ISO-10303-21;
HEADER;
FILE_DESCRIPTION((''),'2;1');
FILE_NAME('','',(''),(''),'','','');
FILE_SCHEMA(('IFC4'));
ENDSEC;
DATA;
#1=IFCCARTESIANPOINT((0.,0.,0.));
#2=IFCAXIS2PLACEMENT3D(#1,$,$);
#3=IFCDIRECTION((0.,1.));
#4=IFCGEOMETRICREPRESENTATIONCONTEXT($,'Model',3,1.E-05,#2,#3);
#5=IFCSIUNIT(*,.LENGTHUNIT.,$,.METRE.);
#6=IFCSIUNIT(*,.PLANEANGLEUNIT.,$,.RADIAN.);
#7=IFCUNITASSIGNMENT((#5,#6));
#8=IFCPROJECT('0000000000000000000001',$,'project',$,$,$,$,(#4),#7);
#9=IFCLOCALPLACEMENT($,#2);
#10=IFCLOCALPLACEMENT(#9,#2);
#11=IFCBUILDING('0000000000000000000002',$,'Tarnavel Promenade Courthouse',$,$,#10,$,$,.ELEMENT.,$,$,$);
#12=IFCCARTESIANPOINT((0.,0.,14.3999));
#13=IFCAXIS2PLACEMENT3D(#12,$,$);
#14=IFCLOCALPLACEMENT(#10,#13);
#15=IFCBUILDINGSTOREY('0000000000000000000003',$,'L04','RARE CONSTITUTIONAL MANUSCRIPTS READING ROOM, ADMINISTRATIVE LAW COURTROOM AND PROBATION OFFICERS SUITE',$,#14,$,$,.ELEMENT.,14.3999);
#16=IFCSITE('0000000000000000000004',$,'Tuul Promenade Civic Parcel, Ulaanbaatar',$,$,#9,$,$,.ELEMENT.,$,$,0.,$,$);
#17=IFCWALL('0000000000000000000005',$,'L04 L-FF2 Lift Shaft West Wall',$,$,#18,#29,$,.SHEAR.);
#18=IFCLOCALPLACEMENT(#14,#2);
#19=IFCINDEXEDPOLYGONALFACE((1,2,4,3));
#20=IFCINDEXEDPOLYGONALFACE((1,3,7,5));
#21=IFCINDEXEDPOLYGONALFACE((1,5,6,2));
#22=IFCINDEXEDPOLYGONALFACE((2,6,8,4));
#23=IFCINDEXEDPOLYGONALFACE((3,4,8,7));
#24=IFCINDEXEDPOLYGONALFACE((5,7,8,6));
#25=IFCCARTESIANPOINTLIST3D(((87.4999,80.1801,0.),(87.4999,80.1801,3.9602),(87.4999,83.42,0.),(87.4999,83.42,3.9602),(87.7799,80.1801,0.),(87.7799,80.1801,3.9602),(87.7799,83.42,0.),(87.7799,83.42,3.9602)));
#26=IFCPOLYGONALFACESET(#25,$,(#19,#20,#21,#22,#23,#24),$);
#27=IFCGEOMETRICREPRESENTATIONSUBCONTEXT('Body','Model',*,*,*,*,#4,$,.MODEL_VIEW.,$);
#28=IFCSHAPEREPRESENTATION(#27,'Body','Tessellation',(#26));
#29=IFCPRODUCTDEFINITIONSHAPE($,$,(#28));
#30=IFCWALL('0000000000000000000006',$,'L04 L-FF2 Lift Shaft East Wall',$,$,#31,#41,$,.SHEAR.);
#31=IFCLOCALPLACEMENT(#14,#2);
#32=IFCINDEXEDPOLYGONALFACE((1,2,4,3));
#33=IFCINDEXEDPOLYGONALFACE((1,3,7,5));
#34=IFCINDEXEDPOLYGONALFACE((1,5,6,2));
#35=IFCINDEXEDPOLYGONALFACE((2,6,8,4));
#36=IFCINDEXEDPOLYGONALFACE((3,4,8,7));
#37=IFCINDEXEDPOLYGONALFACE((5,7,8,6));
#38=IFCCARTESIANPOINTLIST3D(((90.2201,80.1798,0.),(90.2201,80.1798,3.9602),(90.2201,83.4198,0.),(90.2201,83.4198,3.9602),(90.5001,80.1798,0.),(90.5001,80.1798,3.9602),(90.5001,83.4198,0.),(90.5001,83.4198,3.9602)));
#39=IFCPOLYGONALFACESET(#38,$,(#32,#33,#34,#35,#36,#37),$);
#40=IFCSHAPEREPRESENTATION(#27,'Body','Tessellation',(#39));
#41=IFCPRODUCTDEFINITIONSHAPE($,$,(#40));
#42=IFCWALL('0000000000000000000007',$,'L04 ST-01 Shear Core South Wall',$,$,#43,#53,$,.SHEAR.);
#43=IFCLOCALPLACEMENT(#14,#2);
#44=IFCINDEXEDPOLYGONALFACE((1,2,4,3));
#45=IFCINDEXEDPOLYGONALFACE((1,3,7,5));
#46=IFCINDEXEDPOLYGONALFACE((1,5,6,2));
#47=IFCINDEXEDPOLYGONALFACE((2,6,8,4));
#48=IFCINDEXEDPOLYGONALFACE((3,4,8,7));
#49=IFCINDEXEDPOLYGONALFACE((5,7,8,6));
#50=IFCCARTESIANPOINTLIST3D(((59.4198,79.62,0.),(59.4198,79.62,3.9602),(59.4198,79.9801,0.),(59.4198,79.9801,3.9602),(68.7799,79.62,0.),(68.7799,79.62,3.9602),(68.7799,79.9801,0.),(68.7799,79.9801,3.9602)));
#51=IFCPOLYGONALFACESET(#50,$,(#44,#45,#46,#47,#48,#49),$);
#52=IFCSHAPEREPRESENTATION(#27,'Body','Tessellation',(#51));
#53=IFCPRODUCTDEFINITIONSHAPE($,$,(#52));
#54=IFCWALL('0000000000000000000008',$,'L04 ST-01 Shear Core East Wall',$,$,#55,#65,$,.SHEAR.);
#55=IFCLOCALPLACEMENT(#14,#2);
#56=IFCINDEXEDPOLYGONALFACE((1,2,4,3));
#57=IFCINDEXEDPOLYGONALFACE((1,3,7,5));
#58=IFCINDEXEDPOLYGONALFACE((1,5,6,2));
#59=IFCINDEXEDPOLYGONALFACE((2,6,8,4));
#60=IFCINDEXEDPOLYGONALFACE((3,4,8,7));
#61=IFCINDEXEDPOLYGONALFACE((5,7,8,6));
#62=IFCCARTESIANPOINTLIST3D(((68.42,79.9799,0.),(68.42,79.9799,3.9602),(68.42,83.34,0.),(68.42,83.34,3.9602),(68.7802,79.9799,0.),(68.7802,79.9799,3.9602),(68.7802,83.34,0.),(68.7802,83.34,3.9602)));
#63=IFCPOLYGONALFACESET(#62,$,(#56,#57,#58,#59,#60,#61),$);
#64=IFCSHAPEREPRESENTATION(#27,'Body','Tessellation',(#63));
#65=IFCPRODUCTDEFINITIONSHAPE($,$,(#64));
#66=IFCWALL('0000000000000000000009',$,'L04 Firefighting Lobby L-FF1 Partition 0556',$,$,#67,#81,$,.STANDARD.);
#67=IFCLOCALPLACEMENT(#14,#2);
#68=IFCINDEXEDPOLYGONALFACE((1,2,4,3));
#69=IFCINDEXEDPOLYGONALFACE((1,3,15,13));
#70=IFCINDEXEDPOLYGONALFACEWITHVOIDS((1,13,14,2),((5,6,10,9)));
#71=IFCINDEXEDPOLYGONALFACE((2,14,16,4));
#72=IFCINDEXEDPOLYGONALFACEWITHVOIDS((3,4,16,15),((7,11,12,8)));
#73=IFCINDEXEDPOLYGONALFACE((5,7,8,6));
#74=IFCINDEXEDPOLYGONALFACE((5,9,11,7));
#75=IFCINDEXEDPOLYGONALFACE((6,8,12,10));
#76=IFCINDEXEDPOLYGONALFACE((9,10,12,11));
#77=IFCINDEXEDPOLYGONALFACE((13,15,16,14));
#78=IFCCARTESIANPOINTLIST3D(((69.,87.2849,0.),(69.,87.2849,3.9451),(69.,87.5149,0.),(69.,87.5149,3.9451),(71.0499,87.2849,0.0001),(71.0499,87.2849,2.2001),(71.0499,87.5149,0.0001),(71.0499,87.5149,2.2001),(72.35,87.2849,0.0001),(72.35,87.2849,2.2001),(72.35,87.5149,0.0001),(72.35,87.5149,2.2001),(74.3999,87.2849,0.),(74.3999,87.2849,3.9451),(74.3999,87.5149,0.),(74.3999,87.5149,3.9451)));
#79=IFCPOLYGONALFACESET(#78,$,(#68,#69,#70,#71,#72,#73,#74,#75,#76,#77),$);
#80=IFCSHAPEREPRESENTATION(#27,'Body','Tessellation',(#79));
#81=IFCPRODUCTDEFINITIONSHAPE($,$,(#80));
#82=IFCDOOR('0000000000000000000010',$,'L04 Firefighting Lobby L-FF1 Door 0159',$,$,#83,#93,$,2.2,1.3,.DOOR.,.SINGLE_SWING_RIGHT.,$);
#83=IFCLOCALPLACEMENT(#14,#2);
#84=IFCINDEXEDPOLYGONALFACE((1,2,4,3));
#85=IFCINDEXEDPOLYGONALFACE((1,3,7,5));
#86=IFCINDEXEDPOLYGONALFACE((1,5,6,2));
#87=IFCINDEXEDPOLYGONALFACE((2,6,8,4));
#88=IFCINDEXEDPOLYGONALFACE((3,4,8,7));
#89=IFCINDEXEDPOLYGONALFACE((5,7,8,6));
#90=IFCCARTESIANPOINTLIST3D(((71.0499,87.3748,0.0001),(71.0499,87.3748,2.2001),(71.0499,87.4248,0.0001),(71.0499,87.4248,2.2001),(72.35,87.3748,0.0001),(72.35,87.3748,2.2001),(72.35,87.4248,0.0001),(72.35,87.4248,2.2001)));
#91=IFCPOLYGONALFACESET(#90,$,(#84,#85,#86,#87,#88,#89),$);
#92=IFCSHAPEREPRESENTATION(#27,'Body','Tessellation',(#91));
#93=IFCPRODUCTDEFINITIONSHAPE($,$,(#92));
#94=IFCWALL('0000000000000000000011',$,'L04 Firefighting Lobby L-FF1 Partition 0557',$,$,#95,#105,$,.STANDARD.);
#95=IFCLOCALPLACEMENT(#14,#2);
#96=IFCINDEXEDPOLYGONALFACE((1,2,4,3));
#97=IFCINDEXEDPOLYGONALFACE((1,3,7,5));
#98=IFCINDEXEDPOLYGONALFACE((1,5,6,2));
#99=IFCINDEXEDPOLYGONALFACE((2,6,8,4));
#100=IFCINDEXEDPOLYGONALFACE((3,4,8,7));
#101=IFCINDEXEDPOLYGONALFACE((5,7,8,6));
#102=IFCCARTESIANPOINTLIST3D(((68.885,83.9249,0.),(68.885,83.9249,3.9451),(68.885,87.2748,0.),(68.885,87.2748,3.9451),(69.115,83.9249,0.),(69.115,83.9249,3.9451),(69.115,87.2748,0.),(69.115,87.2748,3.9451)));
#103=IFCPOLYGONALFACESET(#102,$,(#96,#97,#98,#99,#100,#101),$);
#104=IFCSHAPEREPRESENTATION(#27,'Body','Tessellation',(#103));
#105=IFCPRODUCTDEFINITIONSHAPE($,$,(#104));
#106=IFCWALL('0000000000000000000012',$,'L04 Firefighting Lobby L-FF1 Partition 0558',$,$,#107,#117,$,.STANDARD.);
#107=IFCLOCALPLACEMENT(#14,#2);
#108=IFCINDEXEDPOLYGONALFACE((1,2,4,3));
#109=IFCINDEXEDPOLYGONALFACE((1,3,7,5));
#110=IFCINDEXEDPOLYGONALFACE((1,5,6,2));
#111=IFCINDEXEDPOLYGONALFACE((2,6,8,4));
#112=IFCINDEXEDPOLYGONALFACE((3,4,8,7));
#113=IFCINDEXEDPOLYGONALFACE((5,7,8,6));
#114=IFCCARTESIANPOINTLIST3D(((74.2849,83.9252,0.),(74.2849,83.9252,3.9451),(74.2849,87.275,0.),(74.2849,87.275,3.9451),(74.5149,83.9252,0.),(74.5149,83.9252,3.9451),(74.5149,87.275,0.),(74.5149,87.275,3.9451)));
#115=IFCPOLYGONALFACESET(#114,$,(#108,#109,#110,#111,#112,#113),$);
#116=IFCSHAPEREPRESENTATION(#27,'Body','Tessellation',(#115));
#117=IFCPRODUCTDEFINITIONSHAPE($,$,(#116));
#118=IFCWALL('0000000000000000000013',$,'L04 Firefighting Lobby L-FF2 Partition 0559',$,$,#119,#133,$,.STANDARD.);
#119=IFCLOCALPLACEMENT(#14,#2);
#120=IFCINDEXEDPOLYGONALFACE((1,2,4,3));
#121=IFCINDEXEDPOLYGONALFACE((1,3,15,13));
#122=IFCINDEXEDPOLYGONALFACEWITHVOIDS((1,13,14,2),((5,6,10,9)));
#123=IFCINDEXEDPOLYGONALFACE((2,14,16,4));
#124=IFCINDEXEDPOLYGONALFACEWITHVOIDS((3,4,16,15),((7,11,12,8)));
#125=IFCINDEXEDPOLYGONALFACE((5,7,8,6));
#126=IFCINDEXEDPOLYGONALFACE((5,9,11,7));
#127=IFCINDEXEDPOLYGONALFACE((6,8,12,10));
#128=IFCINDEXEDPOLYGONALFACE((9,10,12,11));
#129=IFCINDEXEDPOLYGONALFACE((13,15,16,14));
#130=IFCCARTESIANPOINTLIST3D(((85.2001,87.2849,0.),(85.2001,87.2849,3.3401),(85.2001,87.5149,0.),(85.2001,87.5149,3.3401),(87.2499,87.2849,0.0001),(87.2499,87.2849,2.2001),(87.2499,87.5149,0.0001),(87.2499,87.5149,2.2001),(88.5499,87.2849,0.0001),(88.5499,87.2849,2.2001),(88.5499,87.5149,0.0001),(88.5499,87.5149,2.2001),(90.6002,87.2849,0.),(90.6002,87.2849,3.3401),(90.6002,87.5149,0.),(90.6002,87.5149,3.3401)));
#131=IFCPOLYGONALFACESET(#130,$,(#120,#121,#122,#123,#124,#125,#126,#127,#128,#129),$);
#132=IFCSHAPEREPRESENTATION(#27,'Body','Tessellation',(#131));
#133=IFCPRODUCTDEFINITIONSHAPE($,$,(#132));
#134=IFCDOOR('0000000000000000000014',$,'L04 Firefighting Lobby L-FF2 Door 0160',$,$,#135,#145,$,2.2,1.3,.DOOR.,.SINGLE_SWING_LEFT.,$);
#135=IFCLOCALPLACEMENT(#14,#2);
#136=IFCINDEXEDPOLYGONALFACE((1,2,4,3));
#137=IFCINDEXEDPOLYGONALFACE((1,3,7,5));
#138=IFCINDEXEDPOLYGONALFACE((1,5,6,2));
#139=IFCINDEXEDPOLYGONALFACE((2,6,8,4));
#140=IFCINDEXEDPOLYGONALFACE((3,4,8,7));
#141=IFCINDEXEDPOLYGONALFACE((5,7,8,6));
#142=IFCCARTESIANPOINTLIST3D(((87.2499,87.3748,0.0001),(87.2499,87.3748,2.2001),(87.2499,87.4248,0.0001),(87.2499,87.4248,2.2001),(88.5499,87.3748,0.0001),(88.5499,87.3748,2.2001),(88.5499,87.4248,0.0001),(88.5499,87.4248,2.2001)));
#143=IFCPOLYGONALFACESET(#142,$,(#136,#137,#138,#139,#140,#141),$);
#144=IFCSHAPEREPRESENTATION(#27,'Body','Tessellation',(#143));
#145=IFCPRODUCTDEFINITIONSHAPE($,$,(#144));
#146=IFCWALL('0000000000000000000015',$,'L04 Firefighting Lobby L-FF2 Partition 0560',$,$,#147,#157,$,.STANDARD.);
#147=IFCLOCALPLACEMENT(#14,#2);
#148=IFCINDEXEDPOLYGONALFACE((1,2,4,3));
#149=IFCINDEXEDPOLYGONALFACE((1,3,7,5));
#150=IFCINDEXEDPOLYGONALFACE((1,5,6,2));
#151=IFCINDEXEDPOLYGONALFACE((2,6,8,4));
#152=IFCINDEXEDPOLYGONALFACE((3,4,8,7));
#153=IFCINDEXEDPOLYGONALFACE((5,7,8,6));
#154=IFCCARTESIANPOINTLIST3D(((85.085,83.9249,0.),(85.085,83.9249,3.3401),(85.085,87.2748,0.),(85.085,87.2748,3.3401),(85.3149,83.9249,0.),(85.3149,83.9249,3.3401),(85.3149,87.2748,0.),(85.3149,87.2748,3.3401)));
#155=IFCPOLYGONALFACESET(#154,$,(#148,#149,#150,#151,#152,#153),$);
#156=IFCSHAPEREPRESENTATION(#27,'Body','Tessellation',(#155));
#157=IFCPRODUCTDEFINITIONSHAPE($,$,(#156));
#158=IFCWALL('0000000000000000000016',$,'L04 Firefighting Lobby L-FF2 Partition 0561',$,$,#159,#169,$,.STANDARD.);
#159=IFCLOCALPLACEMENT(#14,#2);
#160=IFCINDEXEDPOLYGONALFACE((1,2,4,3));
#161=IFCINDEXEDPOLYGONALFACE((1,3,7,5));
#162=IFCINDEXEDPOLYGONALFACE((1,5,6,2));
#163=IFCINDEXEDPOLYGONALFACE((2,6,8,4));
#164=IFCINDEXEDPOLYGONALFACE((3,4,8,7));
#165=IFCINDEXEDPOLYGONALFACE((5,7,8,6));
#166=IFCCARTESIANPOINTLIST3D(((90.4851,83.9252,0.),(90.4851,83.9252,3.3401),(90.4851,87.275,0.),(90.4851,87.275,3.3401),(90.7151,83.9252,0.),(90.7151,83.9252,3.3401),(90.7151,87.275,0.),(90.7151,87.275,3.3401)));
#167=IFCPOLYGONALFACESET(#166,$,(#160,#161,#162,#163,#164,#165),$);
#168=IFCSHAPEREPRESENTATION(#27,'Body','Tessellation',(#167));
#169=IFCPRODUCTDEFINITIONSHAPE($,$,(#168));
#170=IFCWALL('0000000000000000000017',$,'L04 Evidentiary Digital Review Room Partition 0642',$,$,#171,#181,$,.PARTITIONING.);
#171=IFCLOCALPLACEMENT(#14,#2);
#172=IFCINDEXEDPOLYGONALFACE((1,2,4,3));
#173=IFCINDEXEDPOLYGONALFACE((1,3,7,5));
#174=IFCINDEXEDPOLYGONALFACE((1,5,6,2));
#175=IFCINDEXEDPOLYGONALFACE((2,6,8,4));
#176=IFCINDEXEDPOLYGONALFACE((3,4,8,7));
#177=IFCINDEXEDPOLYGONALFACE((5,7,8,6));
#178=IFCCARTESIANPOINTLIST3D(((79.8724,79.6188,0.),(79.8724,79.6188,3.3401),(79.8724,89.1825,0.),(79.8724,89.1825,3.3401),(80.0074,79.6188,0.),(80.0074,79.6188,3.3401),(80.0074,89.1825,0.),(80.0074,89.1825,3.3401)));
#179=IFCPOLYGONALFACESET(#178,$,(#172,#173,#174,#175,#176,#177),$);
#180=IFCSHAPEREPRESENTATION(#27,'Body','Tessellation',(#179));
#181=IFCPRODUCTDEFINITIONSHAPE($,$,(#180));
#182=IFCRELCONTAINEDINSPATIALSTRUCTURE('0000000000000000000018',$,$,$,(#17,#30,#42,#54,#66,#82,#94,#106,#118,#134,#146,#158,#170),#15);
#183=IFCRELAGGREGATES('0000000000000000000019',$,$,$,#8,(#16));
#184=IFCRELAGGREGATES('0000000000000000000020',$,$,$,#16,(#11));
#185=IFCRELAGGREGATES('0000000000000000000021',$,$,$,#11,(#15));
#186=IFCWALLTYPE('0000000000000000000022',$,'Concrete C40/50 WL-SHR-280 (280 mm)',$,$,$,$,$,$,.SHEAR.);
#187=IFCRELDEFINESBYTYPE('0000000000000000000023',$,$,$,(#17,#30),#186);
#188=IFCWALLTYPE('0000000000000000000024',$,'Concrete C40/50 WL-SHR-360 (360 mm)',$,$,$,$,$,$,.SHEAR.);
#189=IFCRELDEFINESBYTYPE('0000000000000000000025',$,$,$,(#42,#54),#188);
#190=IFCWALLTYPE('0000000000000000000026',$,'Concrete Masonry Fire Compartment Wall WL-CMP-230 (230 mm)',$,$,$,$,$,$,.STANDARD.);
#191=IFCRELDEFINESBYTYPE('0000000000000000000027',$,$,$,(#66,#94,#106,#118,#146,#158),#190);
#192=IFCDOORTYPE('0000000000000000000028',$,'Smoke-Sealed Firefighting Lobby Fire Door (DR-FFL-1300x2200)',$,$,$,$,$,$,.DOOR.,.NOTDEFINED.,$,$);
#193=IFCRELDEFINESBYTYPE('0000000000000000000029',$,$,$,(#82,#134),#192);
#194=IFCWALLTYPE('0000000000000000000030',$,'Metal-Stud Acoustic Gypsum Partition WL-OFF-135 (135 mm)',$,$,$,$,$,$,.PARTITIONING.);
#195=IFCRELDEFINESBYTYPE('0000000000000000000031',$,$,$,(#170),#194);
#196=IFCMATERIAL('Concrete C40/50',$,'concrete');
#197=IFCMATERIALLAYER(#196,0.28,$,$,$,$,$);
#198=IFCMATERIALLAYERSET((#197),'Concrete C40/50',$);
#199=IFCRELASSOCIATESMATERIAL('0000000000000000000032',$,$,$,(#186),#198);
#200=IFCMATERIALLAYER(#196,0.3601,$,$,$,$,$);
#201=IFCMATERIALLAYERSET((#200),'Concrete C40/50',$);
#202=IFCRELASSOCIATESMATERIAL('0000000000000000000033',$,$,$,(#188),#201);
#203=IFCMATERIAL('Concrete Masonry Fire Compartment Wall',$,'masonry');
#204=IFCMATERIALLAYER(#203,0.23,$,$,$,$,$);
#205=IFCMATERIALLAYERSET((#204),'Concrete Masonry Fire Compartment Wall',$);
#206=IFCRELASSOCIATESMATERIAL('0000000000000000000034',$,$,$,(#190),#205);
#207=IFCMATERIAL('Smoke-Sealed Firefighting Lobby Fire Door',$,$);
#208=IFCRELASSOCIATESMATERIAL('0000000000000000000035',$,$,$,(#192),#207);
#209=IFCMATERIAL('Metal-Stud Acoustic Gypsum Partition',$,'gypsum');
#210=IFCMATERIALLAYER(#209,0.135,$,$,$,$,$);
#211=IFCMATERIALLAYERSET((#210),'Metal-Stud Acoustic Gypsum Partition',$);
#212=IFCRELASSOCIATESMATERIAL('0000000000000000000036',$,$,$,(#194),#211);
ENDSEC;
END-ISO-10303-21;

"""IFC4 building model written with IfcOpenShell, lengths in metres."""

from ifc_helpers import new_model, si_unit, direction, frame, frame_2d, origin, place, context, subcontext, project, spatial, rectangle, extrude, material, layer, layer_set, type_object, element, fill, save


model = new_model("IFC4")

# Units and contexts
model_context = context("Model", 3, precision=1e-05, world=origin(), true_north=direction((0.0, 1.0)))
body_context = subcontext(model_context, "Body", "Model", "MODEL_VIEW")
ifc_project = project(units=[si_unit("LENGTHUNIT", "METRE"), si_unit("PLANEANGLEUNIT", "RADIAN")], contexts=[model_context])

# Site, building, storey
site_placement = place(None, origin())
site = spatial("IfcSite", under=ifc_project, at=site_placement, Name="Tuul Promenade Civic Parcel, Ulaanbaatar", CompositionType="ELEMENT", RefElevation=0.0)
building_placement = place(site_placement, origin())
building = spatial("IfcBuilding", under=site, at=building_placement, Name="Tarnavel Promenade Courthouse", CompositionType="ELEMENT")
storey_placement = place(building_placement, frame((0.0, 0.0, 14.3999)))
storey = spatial("IfcBuildingStorey", under=building, at=storey_placement, Name="L04", Description="RARE CONSTITUTIONAL MANUSCRIPTS READING ROOM, ADMINISTRATIVE LAW COURTROOM AND PROBATION OFFICERS SUITE", CompositionType="ELEMENT", Elevation=14.3999)

# Shared definitions
ifc_material_1 = material(Name="Concrete C40/50", Category="concrete")

# Shared definitions
ifc_layer_1 = layer(ifc_material_1, 0.28)
ifc_layer_set_1 = layer_set([ifc_layer_1], Name="Concrete C40/50")
wall_type_1 = type_object("IfcWallType", Name="Concrete C40/50 WL-SHR-280 (280 mm)", PredefinedType="SHEAR", material=ifc_layer_set_1)

# Walls
for number, where, z_axis, x_axis, name in (
    (1, (87.6399, 80.1799, 0.0), (0.0, 0.0, 1.0), (0.0, 1.0, 0.0), "L04 L-FF2 Lift Shaft West Wall"),
    (2, (90.3601, 83.4199, 0.0), (0.0, 0.0, 1.0), (0.0, -1.0, 0.0), "L04 L-FF2 Lift Shaft East Wall"),
):
    element("IfcWall", number, at=place(storey_placement, frame(where, z_axis=z_axis, x_axis=x_axis)), inside=storey, type_object=wall_type_1, Name=name, PredefinedType="SHEAR", context=body_context, shape_type="SweptSolid", body=[
        extrude(rectangle(XDim=3.24, YDim=0.28, at=frame_2d((1.6201, 0.0))), origin(), (0.0, 0.0, 1.0), 3.9602),
    ])
ifc_layer_2 = layer(ifc_material_1, 0.3601)
ifc_layer_set_2 = layer_set([ifc_layer_2], Name="Concrete C40/50")
wall_type_2 = type_object("IfcWallType", Name="Concrete C40/50 WL-SHR-360 (360 mm)", PredefinedType="SHEAR", material=ifc_layer_set_2)
wall_1_placement = place(storey_placement, frame((68.78, 79.8, 0.0), z_axis=(0.0, 0.0, 1.0), x_axis=(-1.0, 0.0, 0.0)))
element("IfcWall", 3, at=wall_1_placement, inside=storey, type_object=wall_type_2, Name="L04 ST-01 Shear Core South Wall", PredefinedType="SHEAR", context=body_context, shape_type="SweptSolid", body=[
    extrude(rectangle(XDim=9.3601, YDim=0.3601, at=frame_2d((4.6802, 0.0))), origin(), (0.0, 0.0, 1.0), 3.9602),
])
wall_2_placement = place(storey_placement, frame((68.6001, 83.3401, 0.0), z_axis=(0.0, 0.0, 1.0), x_axis=(0.0, -1.0, 0.0)))
element("IfcWall", 4, at=wall_2_placement, inside=storey, type_object=wall_type_2, Name="L04 ST-01 Shear Core East Wall", PredefinedType="SHEAR", context=body_context, shape_type="SweptSolid", body=[
    extrude(rectangle(XDim=3.3601, YDim=0.3601, at=frame_2d((1.6802, 0.0))), origin(), (0.0, 0.0, 1.0), 3.9602),
])

# Wall, opening, door
ifc_material_2 = material(Name="Concrete Masonry Fire Compartment Wall", Category="masonry")
ifc_layer_3 = layer(ifc_material_2, 0.23)
ifc_layer_set_3 = layer_set([ifc_layer_3], Name="Concrete Masonry Fire Compartment Wall")
wall_type_3 = type_object("IfcWallType", Name="Concrete Masonry Fire Compartment Wall WL-CMP-230 (230 mm)", PredefinedType="STANDARD", material=ifc_layer_set_3)
wall_3_placement = place(storey_placement, frame((69.0, 87.3999, 0.0), z_axis=(0.0, 0.0, 1.0), x_axis=(1.0, 0.0, 0.0)))
wall_3 = element("IfcWall", 5, at=wall_3_placement, inside=storey, type_object=wall_type_3, Name="L04 Firefighting Lobby L-FF1 Partition 0556", PredefinedType="STANDARD", context=body_context, shape_type="SweptSolid", body=[
    extrude(rectangle(XDim=5.3999, YDim=0.23, at=frame_2d((2.7, 0.0))), origin(), (0.0, 0.0, 1.0), 3.9451),
])
opening_1_placement = place(wall_3_placement, frame((2.05, 0.0, 0.0)))
opening_1 = element("IfcOpeningElement", 6, at=opening_1_placement, cuts=wall_3, PredefinedType="OPENING", context=body_context, shape_type="SweptSolid", body=[
    extrude(rectangle(XDim=1.3, YDim=2.2, at=frame_2d((0.6499, 1.1001))), frame((0.0, 0.125, 0.0), z_axis=(0.0, -1.0, 0.0), x_axis=(1.0, 0.0, 0.0)), (0.0, 0.0, 1.0), 0.25),
])
ifc_material_3 = material(Name="Smoke-Sealed Firefighting Lobby Fire Door")
door_type_1 = type_object("IfcDoorType", Name="Smoke-Sealed Firefighting Lobby Fire Door (DR-FFL-1300x2200)", OperationType="NOTDEFINED", PredefinedType="DOOR", material=ifc_material_3)
door_1_placement = place(opening_1_placement, origin())
door_1 = element("IfcDoor", 7, at=door_1_placement, inside=storey, type_object=door_type_1, Name="L04 Firefighting Lobby L-FF1 Door 0159", OperationType="SINGLE_SWING_RIGHT", OverallHeight=2.2, OverallWidth=1.3, PredefinedType="DOOR", context=body_context, shape_type="SweptSolid", body=[
    extrude(rectangle(XDim=1.3, YDim=2.2, at=frame_2d((0.6499, 1.1001))), frame((0.0, 0.0249, 0.0), z_axis=(0.0, -1.0, 0.0), x_axis=(1.0, 0.0, 0.0)), (0.0, 0.0, 1.0), 0.05),
])
fill(opening_1, door_1)

# Walls
for number, where, z_axis, x_axis, name in (
    (8, (69.0, 83.925, 0.0), (0.0, 0.0, 1.0), (0.0, 1.0, 0.0), "L04 Firefighting Lobby L-FF1 Partition 0557"),
    (9, (74.3999, 87.2749, 0.0), (0.0, 0.0, 1.0), (0.0, -1.0, 0.0), "L04 Firefighting Lobby L-FF1 Partition 0558"),
):
    element("IfcWall", number, at=place(storey_placement, frame(where, z_axis=z_axis, x_axis=x_axis)), inside=storey, type_object=wall_type_3, Name=name, PredefinedType="STANDARD", context=body_context, shape_type="SweptSolid", body=[
        extrude(rectangle(XDim=3.3499, YDim=0.23, at=frame_2d((1.6748, 0.0))), origin(), (0.0, 0.0, 1.0), 3.9451),
    ])

# Wall, opening, door
wall_4_placement = place(storey_placement, frame((85.2, 87.3999, 0.0), z_axis=(0.0, 0.0, 1.0), x_axis=(1.0, 0.0, 0.0)))
wall_4 = element("IfcWall", 10, at=wall_4_placement, inside=storey, type_object=wall_type_3, Name="L04 Firefighting Lobby L-FF2 Partition 0559", PredefinedType="STANDARD", context=body_context, shape_type="SweptSolid", body=[
    extrude(rectangle(XDim=5.4001, YDim=0.23, at=frame_2d((2.7002, 0.0))), origin(), (0.0, 0.0, 1.0), 3.3401),
])
opening_2_placement = place(wall_4_placement, frame((2.05, 0.0, 0.0)))
opening_2 = element("IfcOpeningElement", 11, at=opening_2_placement, cuts=wall_4, PredefinedType="OPENING", context=body_context, shape_type="SweptSolid", body=[
    extrude(rectangle(XDim=1.3, YDim=2.2, at=frame_2d((0.6499, 1.1001))), frame((0.0, 0.125, 0.0), z_axis=(0.0, -1.0, 0.0), x_axis=(1.0, 0.0, 0.0)), (0.0, 0.0, 1.0), 0.25),
])
door_2_placement = place(opening_2_placement, origin())
door_2 = element("IfcDoor", 12, at=door_2_placement, inside=storey, type_object=door_type_1, Name="L04 Firefighting Lobby L-FF2 Door 0160", OperationType="SINGLE_SWING_LEFT", OverallHeight=2.2, OverallWidth=1.3, PredefinedType="DOOR", context=body_context, shape_type="SweptSolid", body=[
    extrude(rectangle(XDim=1.3, YDim=2.2, at=frame_2d((0.6499, 1.1001))), frame((0.0, 0.0249, 0.0), z_axis=(0.0, -1.0, 0.0), x_axis=(1.0, 0.0, 0.0)), (0.0, 0.0, 1.0), 0.05),
])
fill(opening_2, door_2)

# Walls
for number, where, z_axis, x_axis, name in (
    (13, (85.2, 83.925, 0.0), (0.0, 0.0, 1.0), (0.0, 1.0, 0.0), "L04 Firefighting Lobby L-FF2 Partition 0560"),
    (14, (90.6001, 87.2749, 0.0), (0.0, 0.0, 1.0), (0.0, -1.0, 0.0), "L04 Firefighting Lobby L-FF2 Partition 0561"),
):
    element("IfcWall", number, at=place(storey_placement, frame(where, z_axis=z_axis, x_axis=x_axis)), inside=storey, type_object=wall_type_3, Name=name, PredefinedType="STANDARD", context=body_context, shape_type="SweptSolid", body=[
        extrude(rectangle(XDim=3.3499, YDim=0.23, at=frame_2d((1.6748, 0.0))), origin(), (0.0, 0.0, 1.0), 3.3401),
    ])
ifc_material_4 = material(Name="Metal-Stud Acoustic Gypsum Partition", Category="gypsum")
ifc_layer_4 = layer(ifc_material_4, 0.135)
ifc_layer_set_4 = layer_set([ifc_layer_4], Name="Metal-Stud Acoustic Gypsum Partition")
wall_type_4 = type_object("IfcWallType", Name="Metal-Stud Acoustic Gypsum Partition WL-OFF-135 (135 mm)", PredefinedType="PARTITIONING", material=ifc_layer_set_4)
wall_5_placement = place(storey_placement, frame((79.9399, 79.6189, 0.0), z_axis=(0.0, 0.0, 1.0), x_axis=(0.0, 1.0, 0.0)))
element("IfcWall", 15, at=wall_5_placement, inside=storey, type_object=wall_type_4, Name="L04 Evidentiary Digital Review Room Partition 0642", PredefinedType="PARTITIONING", context=body_context, shape_type="SweptSolid", body=[
    extrude(rectangle(XDim=9.5637, YDim=0.135, at=frame_2d((4.7817, 0.0))), origin(), (0.0, 0.0, 1.0), 3.3401),
])

save(model, "model.ifc")
